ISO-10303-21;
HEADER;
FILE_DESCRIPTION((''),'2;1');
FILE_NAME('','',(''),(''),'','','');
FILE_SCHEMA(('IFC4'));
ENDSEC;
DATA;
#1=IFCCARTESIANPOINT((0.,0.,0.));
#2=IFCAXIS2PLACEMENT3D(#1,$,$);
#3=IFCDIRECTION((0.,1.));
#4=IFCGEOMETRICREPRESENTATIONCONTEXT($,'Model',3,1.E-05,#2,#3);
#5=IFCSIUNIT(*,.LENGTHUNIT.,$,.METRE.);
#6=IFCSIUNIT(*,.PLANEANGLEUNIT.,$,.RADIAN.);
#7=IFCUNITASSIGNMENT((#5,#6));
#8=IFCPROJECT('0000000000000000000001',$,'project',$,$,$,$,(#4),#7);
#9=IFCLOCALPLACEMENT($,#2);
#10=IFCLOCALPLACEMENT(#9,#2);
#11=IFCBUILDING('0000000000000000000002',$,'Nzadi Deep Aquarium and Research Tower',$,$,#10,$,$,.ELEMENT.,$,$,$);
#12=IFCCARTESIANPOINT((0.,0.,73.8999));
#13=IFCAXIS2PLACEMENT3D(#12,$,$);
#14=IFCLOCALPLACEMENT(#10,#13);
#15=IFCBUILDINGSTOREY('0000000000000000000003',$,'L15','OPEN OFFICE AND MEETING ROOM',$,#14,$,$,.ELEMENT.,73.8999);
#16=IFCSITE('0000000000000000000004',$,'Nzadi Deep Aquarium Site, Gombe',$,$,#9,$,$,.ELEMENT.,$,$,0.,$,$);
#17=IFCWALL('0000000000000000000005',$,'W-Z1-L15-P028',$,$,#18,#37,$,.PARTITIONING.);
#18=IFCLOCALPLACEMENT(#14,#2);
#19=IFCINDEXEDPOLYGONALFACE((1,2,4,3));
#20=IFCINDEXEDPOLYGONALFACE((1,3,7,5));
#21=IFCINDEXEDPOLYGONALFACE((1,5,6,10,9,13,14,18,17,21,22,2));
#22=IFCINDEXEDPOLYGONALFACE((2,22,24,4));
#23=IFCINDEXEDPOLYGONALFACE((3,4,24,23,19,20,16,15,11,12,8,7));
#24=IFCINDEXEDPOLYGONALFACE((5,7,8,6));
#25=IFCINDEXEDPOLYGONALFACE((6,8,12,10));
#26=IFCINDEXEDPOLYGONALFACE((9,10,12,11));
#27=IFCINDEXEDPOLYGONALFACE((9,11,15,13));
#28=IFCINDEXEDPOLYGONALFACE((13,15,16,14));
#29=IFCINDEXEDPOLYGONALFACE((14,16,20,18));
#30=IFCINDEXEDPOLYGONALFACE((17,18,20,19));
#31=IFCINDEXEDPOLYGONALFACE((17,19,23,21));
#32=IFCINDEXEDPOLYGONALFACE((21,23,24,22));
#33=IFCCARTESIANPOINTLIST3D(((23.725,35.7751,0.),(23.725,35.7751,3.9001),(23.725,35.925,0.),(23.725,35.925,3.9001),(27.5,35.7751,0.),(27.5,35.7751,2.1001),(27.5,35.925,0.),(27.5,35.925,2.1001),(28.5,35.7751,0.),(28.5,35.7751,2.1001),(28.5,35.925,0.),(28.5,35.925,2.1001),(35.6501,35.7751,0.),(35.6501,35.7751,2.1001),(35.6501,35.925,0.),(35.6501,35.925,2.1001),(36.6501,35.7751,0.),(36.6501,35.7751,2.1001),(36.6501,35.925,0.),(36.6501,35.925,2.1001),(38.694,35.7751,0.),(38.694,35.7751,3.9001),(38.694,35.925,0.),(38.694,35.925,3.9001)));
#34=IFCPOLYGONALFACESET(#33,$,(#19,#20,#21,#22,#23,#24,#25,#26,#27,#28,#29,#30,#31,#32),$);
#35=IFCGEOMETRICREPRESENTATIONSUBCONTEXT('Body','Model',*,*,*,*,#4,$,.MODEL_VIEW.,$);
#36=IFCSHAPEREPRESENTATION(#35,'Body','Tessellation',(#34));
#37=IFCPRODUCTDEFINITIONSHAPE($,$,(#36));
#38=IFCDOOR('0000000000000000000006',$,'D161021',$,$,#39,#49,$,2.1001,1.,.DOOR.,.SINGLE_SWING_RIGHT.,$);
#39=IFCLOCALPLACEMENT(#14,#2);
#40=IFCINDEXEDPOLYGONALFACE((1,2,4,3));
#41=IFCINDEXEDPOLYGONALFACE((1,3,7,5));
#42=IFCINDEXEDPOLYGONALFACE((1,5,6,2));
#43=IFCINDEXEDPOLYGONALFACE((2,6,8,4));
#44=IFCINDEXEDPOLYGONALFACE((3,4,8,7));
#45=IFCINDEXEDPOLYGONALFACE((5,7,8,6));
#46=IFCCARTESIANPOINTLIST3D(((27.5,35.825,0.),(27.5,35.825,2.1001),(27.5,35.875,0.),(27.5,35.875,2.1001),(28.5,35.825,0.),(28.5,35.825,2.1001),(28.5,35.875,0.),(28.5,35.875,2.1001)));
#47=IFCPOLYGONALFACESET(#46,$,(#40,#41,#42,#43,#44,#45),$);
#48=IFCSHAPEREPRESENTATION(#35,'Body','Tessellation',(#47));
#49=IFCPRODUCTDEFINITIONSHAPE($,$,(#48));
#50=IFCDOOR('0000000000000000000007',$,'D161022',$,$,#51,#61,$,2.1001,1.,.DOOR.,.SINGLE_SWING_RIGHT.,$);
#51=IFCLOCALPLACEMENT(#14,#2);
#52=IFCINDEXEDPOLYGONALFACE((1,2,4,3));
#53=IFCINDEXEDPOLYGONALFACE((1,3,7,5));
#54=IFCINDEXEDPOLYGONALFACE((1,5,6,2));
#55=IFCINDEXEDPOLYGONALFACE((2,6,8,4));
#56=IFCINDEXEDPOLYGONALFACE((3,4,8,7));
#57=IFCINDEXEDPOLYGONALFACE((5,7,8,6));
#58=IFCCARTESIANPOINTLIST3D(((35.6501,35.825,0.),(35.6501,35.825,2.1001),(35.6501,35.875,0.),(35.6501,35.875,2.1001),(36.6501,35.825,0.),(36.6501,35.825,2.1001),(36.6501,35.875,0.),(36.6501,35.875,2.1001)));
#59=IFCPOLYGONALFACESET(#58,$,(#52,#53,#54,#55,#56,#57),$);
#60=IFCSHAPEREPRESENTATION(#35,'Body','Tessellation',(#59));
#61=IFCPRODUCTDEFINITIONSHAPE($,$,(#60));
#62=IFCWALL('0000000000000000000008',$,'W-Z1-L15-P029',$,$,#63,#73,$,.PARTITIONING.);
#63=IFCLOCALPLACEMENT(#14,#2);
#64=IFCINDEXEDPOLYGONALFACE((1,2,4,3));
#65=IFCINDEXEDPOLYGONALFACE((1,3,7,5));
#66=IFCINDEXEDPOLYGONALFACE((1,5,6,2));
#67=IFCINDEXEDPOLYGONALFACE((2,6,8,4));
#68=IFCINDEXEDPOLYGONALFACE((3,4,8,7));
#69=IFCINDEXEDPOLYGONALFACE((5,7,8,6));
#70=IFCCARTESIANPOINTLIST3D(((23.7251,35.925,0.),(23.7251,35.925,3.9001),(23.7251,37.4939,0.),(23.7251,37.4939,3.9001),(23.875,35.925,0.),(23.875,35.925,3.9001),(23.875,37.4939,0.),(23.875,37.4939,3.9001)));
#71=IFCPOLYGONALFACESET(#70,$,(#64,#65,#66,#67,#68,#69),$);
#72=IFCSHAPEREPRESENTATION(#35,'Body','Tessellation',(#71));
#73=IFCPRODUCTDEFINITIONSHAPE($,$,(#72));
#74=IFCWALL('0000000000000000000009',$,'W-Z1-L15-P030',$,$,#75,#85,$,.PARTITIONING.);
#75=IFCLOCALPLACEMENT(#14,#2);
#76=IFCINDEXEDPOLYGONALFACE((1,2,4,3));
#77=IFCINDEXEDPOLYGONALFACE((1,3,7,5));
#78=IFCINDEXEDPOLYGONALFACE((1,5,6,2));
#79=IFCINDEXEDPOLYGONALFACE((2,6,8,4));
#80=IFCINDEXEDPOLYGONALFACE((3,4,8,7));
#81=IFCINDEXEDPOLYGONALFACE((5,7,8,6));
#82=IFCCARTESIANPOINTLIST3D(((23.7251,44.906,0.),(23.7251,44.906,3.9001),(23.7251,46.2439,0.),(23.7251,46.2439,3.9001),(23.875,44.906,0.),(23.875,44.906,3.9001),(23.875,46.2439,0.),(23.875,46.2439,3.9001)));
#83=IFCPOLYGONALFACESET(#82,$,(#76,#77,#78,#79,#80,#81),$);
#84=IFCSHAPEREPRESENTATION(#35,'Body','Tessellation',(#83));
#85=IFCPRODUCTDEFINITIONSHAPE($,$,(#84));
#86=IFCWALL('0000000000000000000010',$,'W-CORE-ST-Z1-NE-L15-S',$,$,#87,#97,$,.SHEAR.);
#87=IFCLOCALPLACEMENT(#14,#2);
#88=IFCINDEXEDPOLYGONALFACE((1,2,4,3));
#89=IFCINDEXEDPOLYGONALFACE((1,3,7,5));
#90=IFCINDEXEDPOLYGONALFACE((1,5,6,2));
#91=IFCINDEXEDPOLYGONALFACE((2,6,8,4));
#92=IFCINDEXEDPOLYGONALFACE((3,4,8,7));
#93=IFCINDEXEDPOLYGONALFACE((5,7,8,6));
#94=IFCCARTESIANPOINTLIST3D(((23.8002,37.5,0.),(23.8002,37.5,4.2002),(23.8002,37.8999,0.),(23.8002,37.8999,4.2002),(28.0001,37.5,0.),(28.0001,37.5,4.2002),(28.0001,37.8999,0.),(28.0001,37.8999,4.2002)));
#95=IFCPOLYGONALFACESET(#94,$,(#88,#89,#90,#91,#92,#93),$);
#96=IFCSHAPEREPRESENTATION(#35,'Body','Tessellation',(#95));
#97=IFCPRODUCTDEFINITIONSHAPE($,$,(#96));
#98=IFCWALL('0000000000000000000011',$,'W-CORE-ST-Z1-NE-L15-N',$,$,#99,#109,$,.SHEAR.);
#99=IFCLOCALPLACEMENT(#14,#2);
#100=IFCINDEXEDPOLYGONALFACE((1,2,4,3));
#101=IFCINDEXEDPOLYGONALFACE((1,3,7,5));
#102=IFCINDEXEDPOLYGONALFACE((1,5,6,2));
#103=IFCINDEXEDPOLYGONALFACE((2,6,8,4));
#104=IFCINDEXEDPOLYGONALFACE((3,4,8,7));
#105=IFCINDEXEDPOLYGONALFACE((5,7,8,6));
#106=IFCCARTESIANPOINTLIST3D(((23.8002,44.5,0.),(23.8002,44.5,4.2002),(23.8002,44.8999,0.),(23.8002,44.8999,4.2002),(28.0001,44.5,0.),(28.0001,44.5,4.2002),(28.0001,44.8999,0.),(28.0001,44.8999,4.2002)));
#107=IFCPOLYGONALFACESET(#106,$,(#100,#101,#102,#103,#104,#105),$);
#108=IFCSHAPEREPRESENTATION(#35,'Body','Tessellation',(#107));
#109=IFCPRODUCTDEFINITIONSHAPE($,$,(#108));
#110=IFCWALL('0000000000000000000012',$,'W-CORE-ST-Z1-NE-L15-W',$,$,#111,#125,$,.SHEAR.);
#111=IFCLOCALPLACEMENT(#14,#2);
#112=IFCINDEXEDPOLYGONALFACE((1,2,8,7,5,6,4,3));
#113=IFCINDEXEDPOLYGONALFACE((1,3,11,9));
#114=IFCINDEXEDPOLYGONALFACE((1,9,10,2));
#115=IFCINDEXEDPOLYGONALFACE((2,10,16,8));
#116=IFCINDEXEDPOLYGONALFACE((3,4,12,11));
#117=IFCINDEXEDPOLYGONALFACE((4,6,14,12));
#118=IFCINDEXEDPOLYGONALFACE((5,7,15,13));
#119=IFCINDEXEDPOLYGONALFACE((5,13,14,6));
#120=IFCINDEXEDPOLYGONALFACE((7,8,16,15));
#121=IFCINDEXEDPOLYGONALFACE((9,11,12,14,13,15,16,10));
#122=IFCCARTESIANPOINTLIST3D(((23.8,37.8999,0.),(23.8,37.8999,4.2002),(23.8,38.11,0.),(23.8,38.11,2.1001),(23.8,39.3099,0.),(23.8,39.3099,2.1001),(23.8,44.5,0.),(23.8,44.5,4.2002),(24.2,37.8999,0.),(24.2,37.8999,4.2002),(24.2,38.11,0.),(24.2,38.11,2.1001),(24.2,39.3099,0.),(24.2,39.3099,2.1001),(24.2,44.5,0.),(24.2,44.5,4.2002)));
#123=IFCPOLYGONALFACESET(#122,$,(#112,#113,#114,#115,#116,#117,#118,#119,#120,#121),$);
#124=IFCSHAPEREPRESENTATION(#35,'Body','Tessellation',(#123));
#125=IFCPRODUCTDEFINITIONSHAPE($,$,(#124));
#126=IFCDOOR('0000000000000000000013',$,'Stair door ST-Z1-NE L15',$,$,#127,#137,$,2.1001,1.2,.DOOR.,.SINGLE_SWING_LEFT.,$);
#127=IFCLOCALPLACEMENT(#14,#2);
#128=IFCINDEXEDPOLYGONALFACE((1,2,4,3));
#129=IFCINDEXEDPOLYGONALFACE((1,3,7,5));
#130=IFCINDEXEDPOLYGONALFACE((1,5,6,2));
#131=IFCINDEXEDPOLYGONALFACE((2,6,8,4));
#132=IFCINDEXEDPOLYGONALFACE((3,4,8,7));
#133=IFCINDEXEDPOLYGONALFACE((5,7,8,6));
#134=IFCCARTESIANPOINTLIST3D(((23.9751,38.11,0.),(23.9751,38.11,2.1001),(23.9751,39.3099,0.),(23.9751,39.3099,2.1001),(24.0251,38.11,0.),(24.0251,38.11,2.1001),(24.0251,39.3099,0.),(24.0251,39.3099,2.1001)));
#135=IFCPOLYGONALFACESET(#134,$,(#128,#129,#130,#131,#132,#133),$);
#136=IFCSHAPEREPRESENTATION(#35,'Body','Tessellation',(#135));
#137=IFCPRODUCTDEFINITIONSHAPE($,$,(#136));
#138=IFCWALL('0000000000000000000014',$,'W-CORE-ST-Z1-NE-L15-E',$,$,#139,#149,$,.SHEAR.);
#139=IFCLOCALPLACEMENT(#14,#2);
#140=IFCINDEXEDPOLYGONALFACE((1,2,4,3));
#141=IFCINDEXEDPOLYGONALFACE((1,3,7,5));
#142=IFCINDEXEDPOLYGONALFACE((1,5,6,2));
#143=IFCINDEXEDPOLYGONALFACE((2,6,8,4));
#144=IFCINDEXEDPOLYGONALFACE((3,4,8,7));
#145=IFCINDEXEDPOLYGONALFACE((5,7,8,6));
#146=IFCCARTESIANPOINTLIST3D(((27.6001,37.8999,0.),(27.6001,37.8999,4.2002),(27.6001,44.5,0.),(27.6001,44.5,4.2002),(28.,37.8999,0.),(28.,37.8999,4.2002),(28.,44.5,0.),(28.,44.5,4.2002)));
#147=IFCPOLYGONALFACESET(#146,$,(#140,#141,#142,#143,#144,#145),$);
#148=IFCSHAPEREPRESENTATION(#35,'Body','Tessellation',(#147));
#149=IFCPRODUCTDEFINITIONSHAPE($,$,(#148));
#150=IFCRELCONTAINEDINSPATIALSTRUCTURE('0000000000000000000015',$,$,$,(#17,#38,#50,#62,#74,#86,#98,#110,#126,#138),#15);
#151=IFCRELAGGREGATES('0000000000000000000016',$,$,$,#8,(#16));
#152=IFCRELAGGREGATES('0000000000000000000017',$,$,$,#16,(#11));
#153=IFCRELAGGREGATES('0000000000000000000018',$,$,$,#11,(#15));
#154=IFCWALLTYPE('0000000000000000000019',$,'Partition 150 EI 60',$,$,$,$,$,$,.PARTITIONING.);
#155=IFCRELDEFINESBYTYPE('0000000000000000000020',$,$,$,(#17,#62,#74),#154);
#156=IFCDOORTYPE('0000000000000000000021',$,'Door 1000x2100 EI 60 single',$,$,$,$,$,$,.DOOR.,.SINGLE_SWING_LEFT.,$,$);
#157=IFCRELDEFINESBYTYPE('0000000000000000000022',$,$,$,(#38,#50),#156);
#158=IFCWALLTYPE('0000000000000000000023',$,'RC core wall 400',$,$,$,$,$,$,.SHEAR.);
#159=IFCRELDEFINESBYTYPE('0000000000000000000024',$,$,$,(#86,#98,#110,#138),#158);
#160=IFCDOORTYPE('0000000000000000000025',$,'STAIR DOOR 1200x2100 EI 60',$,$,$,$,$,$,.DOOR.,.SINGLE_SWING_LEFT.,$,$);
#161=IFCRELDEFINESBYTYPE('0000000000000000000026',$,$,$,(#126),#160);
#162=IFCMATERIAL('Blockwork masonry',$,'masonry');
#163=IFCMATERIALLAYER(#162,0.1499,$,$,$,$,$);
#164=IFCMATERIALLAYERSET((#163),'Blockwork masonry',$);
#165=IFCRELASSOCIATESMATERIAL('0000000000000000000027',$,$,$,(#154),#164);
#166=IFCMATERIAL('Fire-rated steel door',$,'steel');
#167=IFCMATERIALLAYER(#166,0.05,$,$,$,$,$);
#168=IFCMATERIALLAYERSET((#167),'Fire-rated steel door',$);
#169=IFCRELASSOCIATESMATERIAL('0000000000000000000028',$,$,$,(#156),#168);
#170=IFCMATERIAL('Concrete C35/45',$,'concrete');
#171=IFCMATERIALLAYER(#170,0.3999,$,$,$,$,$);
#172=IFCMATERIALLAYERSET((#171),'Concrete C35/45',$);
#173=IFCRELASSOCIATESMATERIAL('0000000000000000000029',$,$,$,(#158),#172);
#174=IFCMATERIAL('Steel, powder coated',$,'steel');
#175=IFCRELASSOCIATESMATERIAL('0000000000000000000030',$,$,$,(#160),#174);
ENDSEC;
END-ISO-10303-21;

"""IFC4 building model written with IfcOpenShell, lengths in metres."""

from ifc_helpers import new_model, si_unit, direction, frame, frame_2d, origin, place, context, subcontext, project, spatial, rectangle, extrude, material, layer, layer_set, type_object, element, fill, save


model = new_model("IFC4")

# Units and contexts
model_context = context("Model", 3, precision=1e-05, world=origin(), true_north=direction((0.0, 1.0)))
body_context = subcontext(model_context, "Body", "Model", "MODEL_VIEW")
ifc_project = project(units=[si_unit("LENGTHUNIT", "METRE"), si_unit("PLANEANGLEUNIT", "RADIAN")], contexts=[model_context])

# Site, building, storey
site_placement = place(None, origin())
site = spatial("IfcSite", under=ifc_project, at=site_placement, Name="Nzadi Deep Aquarium Site, Gombe", CompositionType="ELEMENT", RefElevation=0.0)
building_placement = place(site_placement, origin())
building = spatial("IfcBuilding", under=site, at=building_placement, Name="Nzadi Deep Aquarium and Research Tower", CompositionType="ELEMENT")
storey_placement = place(building_placement, frame((0.0, 0.0, 73.8999)))
storey = spatial("IfcBuildingStorey", under=building, at=storey_placement, Name="L15", Description="OPEN OFFICE AND MEETING ROOM", CompositionType="ELEMENT", Elevation=73.8999)

# Shared definitions
ifc_material_1 = material(Name="Blockwork masonry", Category="masonry")
ifc_layer_1 = layer(ifc_material_1, 0.1499)
ifc_layer_set_1 = layer_set([ifc_layer_1], Name="Blockwork masonry")
wall_type_1 = type_object("IfcWallType", Name="Partition 150 EI 60", PredefinedType="PARTITIONING", material=ifc_layer_set_1)
ifc_material_2 = material(Name="Fire-rated steel door", Category="steel")
ifc_layer_2 = layer(ifc_material_2, 0.05)
ifc_layer_set_2 = layer_set([ifc_layer_2], Name="Fire-rated steel door")
door_type_1 = type_object("IfcDoorType", Name="Door 1000x2100 EI 60 single", OperationType="SINGLE_SWING_LEFT", PredefinedType="DOOR", material=ifc_layer_set_2)

# Wall, openings, doors
wall_1_placement = place(storey_placement, frame((23.7251, 35.8501, 0.0), z_axis=(0.0, 0.0, 1.0), x_axis=(1.0, 0.0, 0.0)))
wall_1 = element("IfcWall", 1, at=wall_1_placement, inside=storey, type_object=wall_type_1, Name="W-Z1-L15-P028", PredefinedType="PARTITIONING", context=body_context, shape_type="SweptSolid", body=[
    extrude(rectangle(XDim=14.969, YDim=0.1499, at=frame_2d((7.4844, 0.0))), origin(), (0.0, 0.0, 1.0), 3.9001),
])
opening_1_placement = place(wall_1_placement, frame((3.7749, 0.0, 0.0)))
opening_1 = element("IfcOpeningElement", 2, at=opening_1_placement, cuts=wall_1, PredefinedType="OPENING", context=body_context, shape_type="SweptSolid", body=[
    extrude(rectangle(XDim=1.0, YDim=2.1001, at=frame_2d((0.5, 1.05))), frame((0.0, 0.085, 0.0), z_axis=(0.0, -1.0, 0.0), x_axis=(1.0, 0.0, 0.0)), (0.0, 0.0, 1.0), 0.1699),
])
opening_2_placement = place(wall_1_placement, frame((11.925, 0.0, 0.0)))
opening_2 = element("IfcOpeningElement", 3, at=opening_2_placement, cuts=wall_1, PredefinedType="OPENING", context=body_context, shape_type="SweptSolid", body=[
    extrude(rectangle(XDim=1.0, YDim=2.1001, at=frame_2d((0.5, 1.05))), frame((0.0, 0.085, 0.0), z_axis=(0.0, -1.0, 0.0), x_axis=(1.0, 0.0, 0.0)), (0.0, 0.0, 1.0), 0.1699),
])
door_1_placement = place(opening_1_placement, origin())
door_1 = element("IfcDoor", 4, at=door_1_placement, inside=storey, type_object=door_type_1, Name="D161021", OperationType="SINGLE_SWING_RIGHT", OverallHeight=2.1001, OverallWidth=1.0, PredefinedType="DOOR", context=body_context, shape_type="SweptSolid", body=[
    extrude(rectangle(XDim=1.0, YDim=2.1001, at=frame_2d((0.5, 1.05))), frame((0.0, 0.0249, 0.0), z_axis=(0.0, -1.0, 0.0), x_axis=(1.0, 0.0, 0.0)), (0.0, 0.0, 1.0), 0.05),
])
fill(opening_1, door_1)
door_2_placement = place(opening_2_placement, origin())
door_2 = element("IfcDoor", 5, at=door_2_placement, inside=storey, type_object=door_type_1, Name="D161022", OperationType="SINGLE_SWING_RIGHT", OverallHeight=2.1001, OverallWidth=1.0, PredefinedType="DOOR", context=body_context, shape_type="SweptSolid", body=[
    extrude(rectangle(XDim=1.0, YDim=2.1001, at=frame_2d((0.5, 1.05))), frame((0.0, 0.0249, 0.0), z_axis=(0.0, -1.0, 0.0), x_axis=(1.0, 0.0, 0.0)), (0.0, 0.0, 1.0), 0.05),
])
fill(opening_2, door_2)

# Walls
wall_2_placement = place(storey_placement, frame((23.8, 35.925, 0.0), z_axis=(0.0, 0.0, 1.0), x_axis=(0.0, 1.0, 0.0)))
element("IfcWall", 6, at=wall_2_placement, inside=storey, type_object=wall_type_1, Name="W-Z1-L15-P029", PredefinedType="PARTITIONING", context=body_context, shape_type="SweptSolid", body=[
    extrude(rectangle(XDim=1.5688, YDim=0.1499, at=frame_2d((0.7844, 0.0))), origin(), (0.0, 0.0, 1.0), 3.9001),
])
wall_3_placement = place(storey_placement, frame((23.8, 44.906, 0.0), z_axis=(0.0, 0.0, 1.0), x_axis=(0.0, 1.0, 0.0)))
element("IfcWall", 7, at=wall_3_placement, inside=storey, type_object=wall_type_1, Name="W-Z1-L15-P030", PredefinedType="PARTITIONING", context=body_context, shape_type="SweptSolid", body=[
    extrude(rectangle(XDim=1.3379, YDim=0.1499, at=frame_2d((0.6689, 0.0))), origin(), (0.0, 0.0, 1.0), 3.9001),
])
ifc_material_3 = material(Name="Concrete C35/45", Category="concrete")
ifc_layer_3 = layer(ifc_material_3, 0.3999)
ifc_layer_set_3 = layer_set([ifc_layer_3], Name="Concrete C35/45")
wall_type_2 = type_object("IfcWallType", Name="RC core wall 400", PredefinedType="SHEAR", material=ifc_layer_set_3)
for number, where, z_axis, x_axis, name in (
    (8, (23.8, 37.7, 0.0), (0.0, 0.0, 1.0), (1.0, 0.0, 0.0), "W-CORE-ST-Z1-NE-L15-S"),
    (9, (23.8, 44.7, 0.0), (0.0, 0.0, 1.0), (1.0, 0.0, 0.0), "W-CORE-ST-Z1-NE-L15-N"),
):
    element("IfcWall", number, at=place(storey_placement, frame(where, z_axis=z_axis, x_axis=x_axis)), inside=storey, type_object=wall_type_2, Name=name, PredefinedType="SHEAR", context=body_context, shape_type="SweptSolid", body=[
        extrude(rectangle(XDim=4.2, YDim=0.3999, at=frame_2d((2.1001, 0.0))), origin(), (0.0, 0.0, 1.0), 4.2002),
    ])

# Wall, opening, door
wall_4_placement = place(storey_placement, frame((24.0, 37.8999, 0.0), z_axis=(0.0, 0.0, 1.0), x_axis=(0.0, 1.0, 0.0)))
wall_4 = element("IfcWall", 10, at=wall_4_placement, inside=storey, type_object=wall_type_2, Name="W-CORE-ST-Z1-NE-L15-W", PredefinedType="SHEAR", context=body_context, shape_type="SweptSolid", body=[
    extrude(rectangle(XDim=6.6001, YDim=0.3999, at=frame_2d((3.3, 0.0))), origin(), (0.0, 0.0, 1.0), 4.2002),
])
opening_3_placement = place(wall_4_placement, frame((0.21, 0.0, 0.0)))
opening_3 = element("IfcOpeningElement", 11, at=opening_3_placement, cuts=wall_4, PredefinedType="OPENING", context=body_context, shape_type="SweptSolid", body=[
    extrude(rectangle(XDim=1.2, YDim=2.1001, at=frame_2d((0.6001, 1.05))), frame((0.0, 0.21, 0.0), z_axis=(0.0, -1.0, 0.0), x_axis=(1.0, 0.0, 0.0)), (0.0, 0.0, 1.0), 0.4199),
])
ifc_material_4 = material(Name="Steel, powder coated", Category="steel")
door_type_2 = type_object("IfcDoorType", Name="STAIR DOOR 1200x2100 EI 60", OperationType="SINGLE_SWING_LEFT", PredefinedType="DOOR", material=ifc_material_4)
door_3_placement = place(opening_3_placement, origin())
door_3 = element("IfcDoor", 12, at=door_3_placement, inside=storey, type_object=door_type_2, Name="Stair door ST-Z1-NE L15", OperationType="SINGLE_SWING_LEFT", OverallHeight=2.1001, OverallWidth=1.2, PredefinedType="DOOR", context=body_context, shape_type="SweptSolid", body=[
    extrude(rectangle(XDim=1.2, YDim=2.1001, at=frame_2d((0.6001, 1.05))), frame((0.0, 0.0249, 0.0), z_axis=(0.0, -1.0, 0.0), x_axis=(1.0, 0.0, 0.0)), (0.0, 0.0, 1.0), 0.05),
])
fill(opening_3, door_3)

# Wall
wall_5_placement = place(storey_placement, frame((27.8, 37.8999, 0.0), z_axis=(0.0, 0.0, 1.0), x_axis=(0.0, 1.0, 0.0)))
element("IfcWall", 13, at=wall_5_placement, inside=storey, type_object=wall_type_2, Name="W-CORE-ST-Z1-NE-L15-E", PredefinedType="SHEAR", context=body_context, shape_type="SweptSolid", body=[
    extrude(rectangle(XDim=6.6001, YDim=0.3999, at=frame_2d((3.3, 0.0))), origin(), (0.0, 0.0, 1.0), 4.2002),
])

save(model, "model.ifc")
